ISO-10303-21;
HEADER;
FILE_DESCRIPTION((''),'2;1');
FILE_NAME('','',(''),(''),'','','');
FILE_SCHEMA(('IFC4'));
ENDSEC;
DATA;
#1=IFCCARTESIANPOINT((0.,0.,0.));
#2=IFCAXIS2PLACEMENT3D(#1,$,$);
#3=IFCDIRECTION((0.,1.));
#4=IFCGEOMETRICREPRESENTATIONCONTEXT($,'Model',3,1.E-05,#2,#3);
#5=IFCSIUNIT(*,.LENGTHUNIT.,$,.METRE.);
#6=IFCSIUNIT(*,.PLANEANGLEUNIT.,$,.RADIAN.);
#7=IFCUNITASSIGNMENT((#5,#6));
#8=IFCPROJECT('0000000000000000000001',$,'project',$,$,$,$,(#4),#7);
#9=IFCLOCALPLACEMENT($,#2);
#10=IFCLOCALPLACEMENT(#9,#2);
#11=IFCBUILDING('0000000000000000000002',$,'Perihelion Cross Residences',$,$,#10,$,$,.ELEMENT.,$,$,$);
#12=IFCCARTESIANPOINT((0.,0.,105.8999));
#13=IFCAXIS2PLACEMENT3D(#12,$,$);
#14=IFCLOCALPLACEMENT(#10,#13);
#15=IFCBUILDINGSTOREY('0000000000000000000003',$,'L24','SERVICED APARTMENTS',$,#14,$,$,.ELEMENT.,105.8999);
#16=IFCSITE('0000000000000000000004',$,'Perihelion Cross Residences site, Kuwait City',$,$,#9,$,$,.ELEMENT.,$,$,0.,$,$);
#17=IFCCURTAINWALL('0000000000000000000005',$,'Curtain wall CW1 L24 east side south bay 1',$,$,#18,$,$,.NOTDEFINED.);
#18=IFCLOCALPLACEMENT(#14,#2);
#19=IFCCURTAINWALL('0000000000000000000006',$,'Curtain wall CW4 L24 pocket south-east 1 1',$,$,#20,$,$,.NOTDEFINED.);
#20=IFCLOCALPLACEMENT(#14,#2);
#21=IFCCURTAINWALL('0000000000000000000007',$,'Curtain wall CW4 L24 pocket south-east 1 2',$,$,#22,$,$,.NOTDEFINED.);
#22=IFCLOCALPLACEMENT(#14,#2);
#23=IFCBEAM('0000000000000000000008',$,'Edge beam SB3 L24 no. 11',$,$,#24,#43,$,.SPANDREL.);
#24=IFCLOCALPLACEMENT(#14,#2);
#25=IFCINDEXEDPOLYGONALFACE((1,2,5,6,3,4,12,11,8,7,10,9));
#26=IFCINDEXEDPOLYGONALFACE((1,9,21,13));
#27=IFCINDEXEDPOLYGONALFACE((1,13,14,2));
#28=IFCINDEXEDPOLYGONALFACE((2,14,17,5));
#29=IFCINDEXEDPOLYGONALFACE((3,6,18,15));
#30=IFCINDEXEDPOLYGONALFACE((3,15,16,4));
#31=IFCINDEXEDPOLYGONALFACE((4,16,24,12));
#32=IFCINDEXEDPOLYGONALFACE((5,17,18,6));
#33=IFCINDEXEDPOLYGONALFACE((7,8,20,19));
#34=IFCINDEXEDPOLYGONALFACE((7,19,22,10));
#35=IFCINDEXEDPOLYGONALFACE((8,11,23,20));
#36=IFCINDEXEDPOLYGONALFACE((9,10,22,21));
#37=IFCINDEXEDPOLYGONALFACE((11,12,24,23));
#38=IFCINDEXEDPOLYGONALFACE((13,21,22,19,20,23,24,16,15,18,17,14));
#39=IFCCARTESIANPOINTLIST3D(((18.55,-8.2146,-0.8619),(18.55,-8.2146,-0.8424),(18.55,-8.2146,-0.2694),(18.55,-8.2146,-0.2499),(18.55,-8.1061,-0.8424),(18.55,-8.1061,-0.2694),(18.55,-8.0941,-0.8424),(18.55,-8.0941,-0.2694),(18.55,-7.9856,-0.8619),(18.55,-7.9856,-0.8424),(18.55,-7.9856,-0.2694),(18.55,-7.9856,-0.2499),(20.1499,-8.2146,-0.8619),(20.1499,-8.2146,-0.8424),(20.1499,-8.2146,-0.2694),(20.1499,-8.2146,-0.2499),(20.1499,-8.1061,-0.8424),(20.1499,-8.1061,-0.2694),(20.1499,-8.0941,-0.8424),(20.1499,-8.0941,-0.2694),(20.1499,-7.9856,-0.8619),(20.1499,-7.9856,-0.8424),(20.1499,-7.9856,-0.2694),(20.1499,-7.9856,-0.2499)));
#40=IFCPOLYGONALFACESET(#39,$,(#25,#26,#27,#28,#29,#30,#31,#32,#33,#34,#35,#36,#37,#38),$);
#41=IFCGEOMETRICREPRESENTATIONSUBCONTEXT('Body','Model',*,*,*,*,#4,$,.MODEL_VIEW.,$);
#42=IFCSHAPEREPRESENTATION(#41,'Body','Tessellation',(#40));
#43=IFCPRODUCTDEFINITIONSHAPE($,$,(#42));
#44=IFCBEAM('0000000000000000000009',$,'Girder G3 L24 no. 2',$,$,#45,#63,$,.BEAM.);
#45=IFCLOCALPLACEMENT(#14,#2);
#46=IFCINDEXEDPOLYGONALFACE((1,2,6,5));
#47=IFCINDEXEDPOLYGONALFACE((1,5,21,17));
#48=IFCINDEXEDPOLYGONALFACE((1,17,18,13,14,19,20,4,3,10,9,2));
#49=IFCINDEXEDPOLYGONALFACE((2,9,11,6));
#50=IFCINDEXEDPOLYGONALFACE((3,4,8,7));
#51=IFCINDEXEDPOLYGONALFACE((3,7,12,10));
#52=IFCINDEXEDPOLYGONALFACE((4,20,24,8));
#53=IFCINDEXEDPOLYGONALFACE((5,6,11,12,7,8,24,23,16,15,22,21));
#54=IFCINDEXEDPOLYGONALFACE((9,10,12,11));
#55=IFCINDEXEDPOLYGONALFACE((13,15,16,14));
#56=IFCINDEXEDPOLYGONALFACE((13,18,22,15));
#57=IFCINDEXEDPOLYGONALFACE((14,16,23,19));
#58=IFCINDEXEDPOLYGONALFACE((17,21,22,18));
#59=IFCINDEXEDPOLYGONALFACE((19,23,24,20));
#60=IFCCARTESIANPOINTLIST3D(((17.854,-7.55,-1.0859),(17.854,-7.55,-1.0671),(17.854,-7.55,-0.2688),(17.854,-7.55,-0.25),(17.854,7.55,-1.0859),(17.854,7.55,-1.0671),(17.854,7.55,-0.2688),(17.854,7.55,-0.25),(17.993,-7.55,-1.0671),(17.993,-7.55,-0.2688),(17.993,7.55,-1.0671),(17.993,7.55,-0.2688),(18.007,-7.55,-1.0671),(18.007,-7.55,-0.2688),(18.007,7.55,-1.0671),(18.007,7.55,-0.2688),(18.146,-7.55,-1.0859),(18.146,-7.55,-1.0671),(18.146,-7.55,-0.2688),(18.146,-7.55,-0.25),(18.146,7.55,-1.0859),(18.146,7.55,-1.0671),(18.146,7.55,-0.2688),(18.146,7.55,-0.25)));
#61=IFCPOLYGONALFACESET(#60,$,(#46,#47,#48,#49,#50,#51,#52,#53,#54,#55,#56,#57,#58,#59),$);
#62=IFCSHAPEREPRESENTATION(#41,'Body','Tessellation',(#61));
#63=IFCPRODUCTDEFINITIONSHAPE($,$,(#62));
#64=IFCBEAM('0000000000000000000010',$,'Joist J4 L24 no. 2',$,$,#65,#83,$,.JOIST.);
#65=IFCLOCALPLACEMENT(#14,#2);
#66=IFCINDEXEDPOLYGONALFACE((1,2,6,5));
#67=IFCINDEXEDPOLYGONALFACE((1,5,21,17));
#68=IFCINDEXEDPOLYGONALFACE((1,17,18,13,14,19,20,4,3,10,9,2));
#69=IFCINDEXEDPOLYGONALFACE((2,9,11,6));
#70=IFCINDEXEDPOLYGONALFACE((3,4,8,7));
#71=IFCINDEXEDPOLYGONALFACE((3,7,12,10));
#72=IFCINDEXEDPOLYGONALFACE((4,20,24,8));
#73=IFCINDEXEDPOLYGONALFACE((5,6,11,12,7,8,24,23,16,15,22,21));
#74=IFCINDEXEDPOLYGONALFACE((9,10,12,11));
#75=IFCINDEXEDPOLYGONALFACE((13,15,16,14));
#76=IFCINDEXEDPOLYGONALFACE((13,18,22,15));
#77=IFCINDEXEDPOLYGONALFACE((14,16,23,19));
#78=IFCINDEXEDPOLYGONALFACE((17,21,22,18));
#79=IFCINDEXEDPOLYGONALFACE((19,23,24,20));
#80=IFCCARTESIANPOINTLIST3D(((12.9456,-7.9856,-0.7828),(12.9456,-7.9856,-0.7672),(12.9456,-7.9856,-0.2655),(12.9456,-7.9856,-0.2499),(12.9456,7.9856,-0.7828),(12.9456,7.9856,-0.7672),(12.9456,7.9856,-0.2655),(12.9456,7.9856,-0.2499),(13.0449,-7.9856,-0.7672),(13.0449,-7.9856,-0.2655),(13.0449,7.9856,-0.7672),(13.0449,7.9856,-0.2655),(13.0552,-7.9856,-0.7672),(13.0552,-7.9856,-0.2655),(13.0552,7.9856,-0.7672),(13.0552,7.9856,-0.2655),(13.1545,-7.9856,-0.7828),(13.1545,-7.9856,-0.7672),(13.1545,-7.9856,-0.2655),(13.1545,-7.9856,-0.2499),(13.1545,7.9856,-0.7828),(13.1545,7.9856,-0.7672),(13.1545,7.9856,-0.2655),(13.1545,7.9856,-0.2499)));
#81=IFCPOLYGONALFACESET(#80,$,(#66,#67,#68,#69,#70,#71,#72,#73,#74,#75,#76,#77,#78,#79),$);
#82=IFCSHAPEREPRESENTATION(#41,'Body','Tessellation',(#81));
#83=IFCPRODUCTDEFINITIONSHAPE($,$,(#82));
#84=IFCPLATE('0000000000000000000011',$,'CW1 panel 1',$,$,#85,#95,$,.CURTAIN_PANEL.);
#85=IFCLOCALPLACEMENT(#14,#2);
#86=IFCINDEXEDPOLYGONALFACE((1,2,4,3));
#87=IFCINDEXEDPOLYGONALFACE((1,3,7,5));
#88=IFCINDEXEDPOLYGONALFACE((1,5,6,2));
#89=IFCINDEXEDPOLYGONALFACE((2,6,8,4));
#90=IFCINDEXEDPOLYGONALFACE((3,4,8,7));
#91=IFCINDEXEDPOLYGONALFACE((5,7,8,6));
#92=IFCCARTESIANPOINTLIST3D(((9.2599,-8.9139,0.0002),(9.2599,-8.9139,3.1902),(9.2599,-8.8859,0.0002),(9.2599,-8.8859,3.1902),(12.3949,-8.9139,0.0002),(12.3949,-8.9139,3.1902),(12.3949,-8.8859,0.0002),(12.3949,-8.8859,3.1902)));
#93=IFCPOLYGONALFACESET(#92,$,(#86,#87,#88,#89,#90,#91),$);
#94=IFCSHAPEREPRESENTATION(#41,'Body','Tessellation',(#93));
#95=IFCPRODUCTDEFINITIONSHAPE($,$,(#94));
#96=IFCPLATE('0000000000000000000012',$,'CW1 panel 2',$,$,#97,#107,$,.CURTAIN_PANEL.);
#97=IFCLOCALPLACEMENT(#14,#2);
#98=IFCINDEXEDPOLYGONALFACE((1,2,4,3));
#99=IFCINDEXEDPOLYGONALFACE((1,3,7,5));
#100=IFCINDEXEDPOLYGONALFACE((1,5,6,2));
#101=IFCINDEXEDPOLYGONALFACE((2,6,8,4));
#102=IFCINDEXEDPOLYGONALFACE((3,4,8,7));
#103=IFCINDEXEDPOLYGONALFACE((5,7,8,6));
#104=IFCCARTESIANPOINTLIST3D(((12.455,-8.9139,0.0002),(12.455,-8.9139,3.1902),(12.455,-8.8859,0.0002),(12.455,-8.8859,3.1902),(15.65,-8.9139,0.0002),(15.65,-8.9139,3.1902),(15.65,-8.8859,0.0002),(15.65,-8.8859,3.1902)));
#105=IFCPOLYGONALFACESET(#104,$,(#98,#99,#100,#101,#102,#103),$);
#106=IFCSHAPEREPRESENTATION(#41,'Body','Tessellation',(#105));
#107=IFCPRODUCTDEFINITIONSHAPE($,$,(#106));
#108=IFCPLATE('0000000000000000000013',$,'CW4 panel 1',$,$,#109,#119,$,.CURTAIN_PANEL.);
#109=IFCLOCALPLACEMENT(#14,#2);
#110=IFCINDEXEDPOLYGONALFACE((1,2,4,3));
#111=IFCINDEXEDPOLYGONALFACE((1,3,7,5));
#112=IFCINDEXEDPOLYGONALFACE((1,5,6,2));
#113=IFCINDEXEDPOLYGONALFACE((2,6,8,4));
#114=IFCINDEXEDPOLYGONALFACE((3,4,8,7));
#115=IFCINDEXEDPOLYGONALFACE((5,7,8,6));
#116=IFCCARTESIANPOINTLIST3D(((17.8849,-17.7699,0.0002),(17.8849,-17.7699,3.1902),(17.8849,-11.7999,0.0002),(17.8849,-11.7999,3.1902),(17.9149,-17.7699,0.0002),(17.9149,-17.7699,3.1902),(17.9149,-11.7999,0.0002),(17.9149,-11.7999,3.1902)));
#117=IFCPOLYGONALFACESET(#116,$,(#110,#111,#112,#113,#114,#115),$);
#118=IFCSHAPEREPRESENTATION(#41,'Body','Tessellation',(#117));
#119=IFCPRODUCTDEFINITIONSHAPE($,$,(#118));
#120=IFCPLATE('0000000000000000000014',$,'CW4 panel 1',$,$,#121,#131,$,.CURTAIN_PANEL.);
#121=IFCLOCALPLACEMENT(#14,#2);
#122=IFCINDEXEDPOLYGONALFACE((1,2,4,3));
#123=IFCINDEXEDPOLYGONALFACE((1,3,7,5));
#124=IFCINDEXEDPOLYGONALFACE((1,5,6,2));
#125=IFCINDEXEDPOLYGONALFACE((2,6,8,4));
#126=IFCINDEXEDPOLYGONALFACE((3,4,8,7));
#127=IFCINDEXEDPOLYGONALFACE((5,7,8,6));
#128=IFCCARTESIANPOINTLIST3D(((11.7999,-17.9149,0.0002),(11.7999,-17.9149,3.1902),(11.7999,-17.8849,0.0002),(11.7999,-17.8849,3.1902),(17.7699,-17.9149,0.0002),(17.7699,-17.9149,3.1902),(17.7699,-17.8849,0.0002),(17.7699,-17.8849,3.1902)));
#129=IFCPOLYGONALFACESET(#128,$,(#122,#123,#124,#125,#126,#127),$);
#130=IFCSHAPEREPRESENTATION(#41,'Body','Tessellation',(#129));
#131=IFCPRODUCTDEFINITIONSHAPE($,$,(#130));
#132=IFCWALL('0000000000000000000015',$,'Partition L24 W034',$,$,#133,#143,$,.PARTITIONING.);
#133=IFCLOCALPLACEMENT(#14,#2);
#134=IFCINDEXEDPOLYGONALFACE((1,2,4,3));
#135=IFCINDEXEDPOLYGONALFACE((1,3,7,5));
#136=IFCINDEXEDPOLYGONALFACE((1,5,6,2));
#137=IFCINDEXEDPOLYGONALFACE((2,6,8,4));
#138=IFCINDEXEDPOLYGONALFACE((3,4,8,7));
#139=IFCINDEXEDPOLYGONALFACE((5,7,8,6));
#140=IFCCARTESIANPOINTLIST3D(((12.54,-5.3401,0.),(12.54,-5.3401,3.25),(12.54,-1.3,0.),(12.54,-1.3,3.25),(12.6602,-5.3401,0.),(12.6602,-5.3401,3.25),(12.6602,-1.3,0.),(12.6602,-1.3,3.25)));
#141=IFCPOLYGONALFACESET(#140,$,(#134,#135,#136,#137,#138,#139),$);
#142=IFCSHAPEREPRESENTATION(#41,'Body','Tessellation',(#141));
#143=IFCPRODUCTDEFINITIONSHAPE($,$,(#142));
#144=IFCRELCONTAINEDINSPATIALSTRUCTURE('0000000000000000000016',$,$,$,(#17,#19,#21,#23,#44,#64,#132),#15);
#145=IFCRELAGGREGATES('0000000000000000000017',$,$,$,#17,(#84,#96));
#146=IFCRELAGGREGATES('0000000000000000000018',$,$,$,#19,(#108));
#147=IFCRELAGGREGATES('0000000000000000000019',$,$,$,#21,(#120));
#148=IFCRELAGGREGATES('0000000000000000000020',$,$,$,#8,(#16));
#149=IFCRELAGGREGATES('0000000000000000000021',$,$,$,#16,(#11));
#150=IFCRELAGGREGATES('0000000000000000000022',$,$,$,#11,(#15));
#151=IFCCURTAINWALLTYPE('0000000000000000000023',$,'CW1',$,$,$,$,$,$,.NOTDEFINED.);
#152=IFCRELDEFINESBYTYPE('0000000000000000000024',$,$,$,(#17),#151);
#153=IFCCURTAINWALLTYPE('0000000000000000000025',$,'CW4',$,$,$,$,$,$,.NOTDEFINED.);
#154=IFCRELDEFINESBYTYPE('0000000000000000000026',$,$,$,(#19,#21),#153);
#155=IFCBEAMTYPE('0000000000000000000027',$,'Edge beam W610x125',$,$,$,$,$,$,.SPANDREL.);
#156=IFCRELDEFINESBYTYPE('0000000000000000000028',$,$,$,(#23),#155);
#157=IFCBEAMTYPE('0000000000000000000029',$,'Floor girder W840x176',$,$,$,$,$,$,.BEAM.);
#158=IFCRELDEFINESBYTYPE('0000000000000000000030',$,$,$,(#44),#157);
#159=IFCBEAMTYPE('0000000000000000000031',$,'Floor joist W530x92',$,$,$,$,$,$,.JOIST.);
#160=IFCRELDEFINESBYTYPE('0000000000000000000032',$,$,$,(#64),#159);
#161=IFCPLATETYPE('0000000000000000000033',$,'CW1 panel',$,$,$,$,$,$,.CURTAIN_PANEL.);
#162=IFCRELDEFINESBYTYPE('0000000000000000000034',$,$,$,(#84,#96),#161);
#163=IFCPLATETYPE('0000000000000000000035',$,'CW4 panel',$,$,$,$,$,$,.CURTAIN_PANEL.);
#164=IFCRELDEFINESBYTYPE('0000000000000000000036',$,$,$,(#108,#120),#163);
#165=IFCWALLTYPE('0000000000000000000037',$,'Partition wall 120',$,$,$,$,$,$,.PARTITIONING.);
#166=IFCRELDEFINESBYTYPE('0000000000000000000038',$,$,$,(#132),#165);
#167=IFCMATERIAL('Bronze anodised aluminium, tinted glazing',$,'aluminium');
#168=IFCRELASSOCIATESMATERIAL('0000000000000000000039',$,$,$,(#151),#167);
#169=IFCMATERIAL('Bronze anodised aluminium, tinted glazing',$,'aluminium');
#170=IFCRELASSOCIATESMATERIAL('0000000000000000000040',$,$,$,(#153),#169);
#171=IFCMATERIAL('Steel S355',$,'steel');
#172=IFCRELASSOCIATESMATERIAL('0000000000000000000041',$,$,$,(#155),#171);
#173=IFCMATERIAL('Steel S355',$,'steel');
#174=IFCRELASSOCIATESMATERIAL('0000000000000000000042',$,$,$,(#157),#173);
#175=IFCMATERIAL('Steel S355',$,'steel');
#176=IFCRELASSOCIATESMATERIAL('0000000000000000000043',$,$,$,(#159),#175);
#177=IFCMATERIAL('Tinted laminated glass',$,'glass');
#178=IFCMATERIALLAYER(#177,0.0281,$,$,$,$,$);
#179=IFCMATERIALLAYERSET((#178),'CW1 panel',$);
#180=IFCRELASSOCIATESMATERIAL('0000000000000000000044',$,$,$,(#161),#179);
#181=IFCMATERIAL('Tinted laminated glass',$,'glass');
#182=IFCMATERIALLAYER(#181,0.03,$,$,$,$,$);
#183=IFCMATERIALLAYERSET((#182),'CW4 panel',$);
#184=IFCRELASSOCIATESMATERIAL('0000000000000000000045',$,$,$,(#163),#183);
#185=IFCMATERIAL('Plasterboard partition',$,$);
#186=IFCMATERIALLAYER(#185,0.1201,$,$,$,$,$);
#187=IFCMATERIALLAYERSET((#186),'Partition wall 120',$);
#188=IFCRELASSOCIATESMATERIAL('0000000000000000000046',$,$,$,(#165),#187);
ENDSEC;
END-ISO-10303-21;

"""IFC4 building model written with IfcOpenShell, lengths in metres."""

from ifc_helpers import new_model, si_unit, direction, frame, frame_2d, origin, origin_2d, place, context, subcontext, project, spatial, rectangle, i_section, extrude, material, layer, layer_set, material_profile, profile_set, type_object, element, aggregate, save


model = new_model("IFC4")

# Units and contexts
model_context = context("Model", 3, precision=1e-05, world=origin(), true_north=direction((0.0, 1.0)))
body_context = subcontext(model_context, "Body", "Model", "MODEL_VIEW")
ifc_project = project(units=[si_unit("LENGTHUNIT", "METRE"), si_unit("PLANEANGLEUNIT", "RADIAN")], contexts=[model_context])

# Site, building, storey
site_placement = place(None, origin())
site = spatial("IfcSite", under=ifc_project, at=site_placement, Name="Perihelion Cross Residences site, Kuwait City", CompositionType="ELEMENT", RefElevation=0.0)
building_placement = place(site_placement, origin())
building = spatial("IfcBuilding", under=site, at=building_placement, Name="Perihelion Cross Residences", CompositionType="ELEMENT")
storey_placement = place(building_placement, frame((0.0, 0.0, 105.8999)))
storey = spatial("IfcBuildingStorey", under=building, at=storey_placement, Name="L24", Description="SERVICED APARTMENTS", CompositionType="ELEMENT", Elevation=105.8999)

# Curtain wall
ifc_material_1 = material(Name="Bronze anodised aluminium, tinted glazing", Category="aluminium")
curtain_wall_type_1 = type_object("IfcCurtainWallType", Name="CW1", PredefinedType="NOTDEFINED", material=ifc_material_1)
curtain_wall_1_placement = place(storey_placement, origin())
curtain_wall_1 = element("IfcCurtainWall", 1, at=curtain_wall_1_placement, inside=storey, type_object=curtain_wall_type_1, Name="Curtain wall CW1 L24 east side south bay 1", PredefinedType="NOTDEFINED")

# Curtain walls
ifc_material_2 = material(Name="Bronze anodised aluminium, tinted glazing", Category="aluminium")
curtain_wall_type_2 = type_object("IfcCurtainWallType", Name="CW4", PredefinedType="NOTDEFINED", material=ifc_material_2)
curtain_wall_2_placement = place(storey_placement, origin())
curtain_wall_2 = element("IfcCurtainWall", 2, at=curtain_wall_2_placement, inside=storey, type_object=curtain_wall_type_2, Name="Curtain wall CW4 L24 pocket south-east 1 1", PredefinedType="NOTDEFINED")
curtain_wall_3_placement = place(storey_placement, origin())
curtain_wall_3 = element("IfcCurtainWall", 3, at=curtain_wall_3_placement, inside=storey, type_object=curtain_wall_type_2, Name="Curtain wall CW4 L24 pocket south-east 1 2", PredefinedType="NOTDEFINED")

# Beams
ifc_material_3 = material(Name="Steel S355", Category="steel")
ifc_material_profile_1 = material_profile(ifc_material_3, i_section(OverallWidth=0.229, OverallDepth=0.6121, WebThickness=0.012, FlangeThickness=0.0195, at=origin_2d()), Name="W610x125")
ifc_profile_set_1 = profile_set([ifc_material_profile_1], Name="Steel S355")
beam_type_1 = type_object("IfcBeamType", Name="Edge beam W610x125", PredefinedType="SPANDREL", material=ifc_profile_set_1)
beam_1_placement = place(storey_placement, frame((18.55, -8.1001, -0.5559), z_axis=(1.0, 0.0, 0.0), x_axis=(0.0, 1.0, 0.0)))
element("IfcBeam", 4, at=beam_1_placement, inside=storey, type_object=beam_type_1, Name="Edge beam SB3 L24 no. 11", PredefinedType="SPANDREL", context=body_context, shape_type="SweptSolid", body=[
    extrude(i_section(OverallWidth=0.229, OverallDepth=0.6121, WebThickness=0.012, FlangeThickness=0.0195, at=origin_2d()), origin(), (0.0, 0.0, 1.0), 1.5999),
])
ifc_material_4 = material(Name="Steel S355", Category="steel")
ifc_material_profile_2 = material_profile(ifc_material_4, i_section(OverallWidth=0.292, OverallDepth=0.8359, WebThickness=0.0139, FlangeThickness=0.0188, at=origin_2d()), Name="W840x176")
ifc_profile_set_2 = profile_set([ifc_material_profile_2], Name="Steel S355")
beam_type_2 = type_object("IfcBeamType", Name="Floor girder W840x176", PredefinedType="BEAM", material=ifc_profile_set_2)
beam_2_placement = place(storey_placement, frame((18.0, -7.55, -0.668), z_axis=(0.0, 1.0, 0.0), x_axis=(-1.0, 0.0, 0.0)))
element("IfcBeam", 5, at=beam_2_placement, inside=storey, type_object=beam_type_2, Name="Girder G3 L24 no. 2", PredefinedType="BEAM", context=body_context, shape_type="SweptSolid", body=[
    extrude(i_section(OverallWidth=0.292, OverallDepth=0.8359, WebThickness=0.0139, FlangeThickness=0.0188, at=origin_2d()), origin(), (0.0, 0.0, 1.0), 15.1001),
])
ifc_material_5 = material(Name="Steel S355", Category="steel")
ifc_material_profile_3 = material_profile(ifc_material_5, i_section(OverallWidth=0.209, OverallDepth=0.533, WebThickness=0.0103, FlangeThickness=0.0156, at=origin_2d()), Name="W530x92")
ifc_profile_set_3 = profile_set([ifc_material_profile_3], Name="Steel S355")
beam_type_3 = type_object("IfcBeamType", Name="Floor joist W530x92", PredefinedType="JOIST", material=ifc_profile_set_3)
beam_3_placement = place(storey_placement, frame((13.05, -7.9856, -0.5164), z_axis=(0.0, 1.0, 0.0), x_axis=(-1.0, 0.0, 0.0)))
element("IfcBeam", 6, at=beam_3_placement, inside=storey, type_object=beam_type_3, Name="Joist J4 L24 no. 2", PredefinedType="JOIST", context=body_context, shape_type="SweptSolid", body=[
    extrude(i_section(OverallWidth=0.209, OverallDepth=0.533, WebThickness=0.0103, FlangeThickness=0.0156, at=origin_2d()), origin(), (0.0, 0.0, 1.0), 15.9712),
])

# Plates
ifc_material_6 = material(Name="Tinted laminated glass", Category="glass")
ifc_layer_1 = layer(ifc_material_6, 0.0281)
ifc_layer_set_1 = layer_set([ifc_layer_1], Name="CW1 panel")
plate_type_1 = type_object("IfcPlateType", Name="CW1 panel", PredefinedType="CURTAIN_PANEL", material=ifc_layer_set_1)
plate_1_placement = place(storey_placement, frame((10.8274, -8.8999, 0.0002), z_axis=(0.0, 0.0, 1.0), x_axis=(1.0, 0.0, 0.0)))
plate_1 = element("IfcPlate", 7, at=plate_1_placement, type_object=plate_type_1, Name="CW1 panel 1", PredefinedType="CURTAIN_PANEL", context=body_context, shape_type="SweptSolid", body=[
    extrude(rectangle(XDim=3.135, YDim=0.0281, at=origin_2d()), origin(), (0.0, 0.0, 1.0), 3.1899),
])
plate_2_placement = place(storey_placement, frame((14.0525, -8.8999, 0.0002), z_axis=(0.0, 0.0, 1.0), x_axis=(1.0, 0.0, 0.0)))
plate_2 = element("IfcPlate", 8, at=plate_2_placement, type_object=plate_type_1, Name="CW1 panel 2", PredefinedType="CURTAIN_PANEL", context=body_context, shape_type="SweptSolid", body=[
    extrude(rectangle(XDim=3.1951, YDim=0.0281, at=origin_2d()), origin(), (0.0, 0.0, 1.0), 3.1899),
])
aggregate(curtain_wall_1, [plate_1, plate_2])
ifc_material_7 = material(Name="Tinted laminated glass", Category="glass")
ifc_layer_2 = layer(ifc_material_7, 0.03)
ifc_layer_set_2 = layer_set([ifc_layer_2], Name="CW4 panel")
plate_type_2 = type_object("IfcPlateType", Name="CW4 panel", PredefinedType="CURTAIN_PANEL", material=ifc_layer_set_2)
plate_3_placement = place(storey_placement, frame((17.8999, -14.7849, 0.0002), z_axis=(0.0, 0.0, 1.0), x_axis=(0.0, -1.0, 0.0)))
plate_3 = element("IfcPlate", 9, at=plate_3_placement, type_object=plate_type_2, Name="CW4 panel 1", PredefinedType="CURTAIN_PANEL", context=body_context, shape_type="SweptSolid", body=[
    extrude(rectangle(XDim=5.97, YDim=0.03, at=origin_2d()), origin(), (0.0, 0.0, 1.0), 3.1899),
])
aggregate(curtain_wall_2, [plate_3])
plate_4_placement = place(storey_placement, frame((14.7849, -17.8999, 0.0002), z_axis=(0.0, 0.0, 1.0), x_axis=(-1.0, 0.0, 0.0)))
plate_4 = element("IfcPlate", 10, at=plate_4_placement, type_object=plate_type_2, Name="CW4 panel 1", PredefinedType="CURTAIN_PANEL", context=body_context, shape_type="SweptSolid", body=[
    extrude(rectangle(XDim=5.97, YDim=0.03, at=origin_2d()), origin(), (0.0, 0.0, 1.0), 3.1899),
])
aggregate(curtain_wall_3, [plate_4])

# Wall
ifc_material_8 = material(Name="Plasterboard partition")
ifc_layer_3 = layer(ifc_material_8, 0.1201)
ifc_layer_set_3 = layer_set([ifc_layer_3], Name="Partition wall 120")
wall_type_1 = type_object("IfcWallType", Name="Partition wall 120", PredefinedType="PARTITIONING", material=ifc_layer_set_3)
wall_1_placement = place(storey_placement, frame((12.6001, -1.3, 0.0), z_axis=(0.0, 0.0, 1.0), x_axis=(0.0, -1.0, 0.0)))
element("IfcWall", 11, at=wall_1_placement, inside=storey, type_object=wall_type_1, Name="Partition L24 W034", PredefinedType="PARTITIONING", context=body_context, shape_type="SweptSolid", body=[
    extrude(rectangle(XDim=4.04, YDim=0.1201, at=frame_2d((2.02, 0.0))), origin(), (0.0, 0.0, 1.0), 3.25),
])

save(model, "model.ifc")
